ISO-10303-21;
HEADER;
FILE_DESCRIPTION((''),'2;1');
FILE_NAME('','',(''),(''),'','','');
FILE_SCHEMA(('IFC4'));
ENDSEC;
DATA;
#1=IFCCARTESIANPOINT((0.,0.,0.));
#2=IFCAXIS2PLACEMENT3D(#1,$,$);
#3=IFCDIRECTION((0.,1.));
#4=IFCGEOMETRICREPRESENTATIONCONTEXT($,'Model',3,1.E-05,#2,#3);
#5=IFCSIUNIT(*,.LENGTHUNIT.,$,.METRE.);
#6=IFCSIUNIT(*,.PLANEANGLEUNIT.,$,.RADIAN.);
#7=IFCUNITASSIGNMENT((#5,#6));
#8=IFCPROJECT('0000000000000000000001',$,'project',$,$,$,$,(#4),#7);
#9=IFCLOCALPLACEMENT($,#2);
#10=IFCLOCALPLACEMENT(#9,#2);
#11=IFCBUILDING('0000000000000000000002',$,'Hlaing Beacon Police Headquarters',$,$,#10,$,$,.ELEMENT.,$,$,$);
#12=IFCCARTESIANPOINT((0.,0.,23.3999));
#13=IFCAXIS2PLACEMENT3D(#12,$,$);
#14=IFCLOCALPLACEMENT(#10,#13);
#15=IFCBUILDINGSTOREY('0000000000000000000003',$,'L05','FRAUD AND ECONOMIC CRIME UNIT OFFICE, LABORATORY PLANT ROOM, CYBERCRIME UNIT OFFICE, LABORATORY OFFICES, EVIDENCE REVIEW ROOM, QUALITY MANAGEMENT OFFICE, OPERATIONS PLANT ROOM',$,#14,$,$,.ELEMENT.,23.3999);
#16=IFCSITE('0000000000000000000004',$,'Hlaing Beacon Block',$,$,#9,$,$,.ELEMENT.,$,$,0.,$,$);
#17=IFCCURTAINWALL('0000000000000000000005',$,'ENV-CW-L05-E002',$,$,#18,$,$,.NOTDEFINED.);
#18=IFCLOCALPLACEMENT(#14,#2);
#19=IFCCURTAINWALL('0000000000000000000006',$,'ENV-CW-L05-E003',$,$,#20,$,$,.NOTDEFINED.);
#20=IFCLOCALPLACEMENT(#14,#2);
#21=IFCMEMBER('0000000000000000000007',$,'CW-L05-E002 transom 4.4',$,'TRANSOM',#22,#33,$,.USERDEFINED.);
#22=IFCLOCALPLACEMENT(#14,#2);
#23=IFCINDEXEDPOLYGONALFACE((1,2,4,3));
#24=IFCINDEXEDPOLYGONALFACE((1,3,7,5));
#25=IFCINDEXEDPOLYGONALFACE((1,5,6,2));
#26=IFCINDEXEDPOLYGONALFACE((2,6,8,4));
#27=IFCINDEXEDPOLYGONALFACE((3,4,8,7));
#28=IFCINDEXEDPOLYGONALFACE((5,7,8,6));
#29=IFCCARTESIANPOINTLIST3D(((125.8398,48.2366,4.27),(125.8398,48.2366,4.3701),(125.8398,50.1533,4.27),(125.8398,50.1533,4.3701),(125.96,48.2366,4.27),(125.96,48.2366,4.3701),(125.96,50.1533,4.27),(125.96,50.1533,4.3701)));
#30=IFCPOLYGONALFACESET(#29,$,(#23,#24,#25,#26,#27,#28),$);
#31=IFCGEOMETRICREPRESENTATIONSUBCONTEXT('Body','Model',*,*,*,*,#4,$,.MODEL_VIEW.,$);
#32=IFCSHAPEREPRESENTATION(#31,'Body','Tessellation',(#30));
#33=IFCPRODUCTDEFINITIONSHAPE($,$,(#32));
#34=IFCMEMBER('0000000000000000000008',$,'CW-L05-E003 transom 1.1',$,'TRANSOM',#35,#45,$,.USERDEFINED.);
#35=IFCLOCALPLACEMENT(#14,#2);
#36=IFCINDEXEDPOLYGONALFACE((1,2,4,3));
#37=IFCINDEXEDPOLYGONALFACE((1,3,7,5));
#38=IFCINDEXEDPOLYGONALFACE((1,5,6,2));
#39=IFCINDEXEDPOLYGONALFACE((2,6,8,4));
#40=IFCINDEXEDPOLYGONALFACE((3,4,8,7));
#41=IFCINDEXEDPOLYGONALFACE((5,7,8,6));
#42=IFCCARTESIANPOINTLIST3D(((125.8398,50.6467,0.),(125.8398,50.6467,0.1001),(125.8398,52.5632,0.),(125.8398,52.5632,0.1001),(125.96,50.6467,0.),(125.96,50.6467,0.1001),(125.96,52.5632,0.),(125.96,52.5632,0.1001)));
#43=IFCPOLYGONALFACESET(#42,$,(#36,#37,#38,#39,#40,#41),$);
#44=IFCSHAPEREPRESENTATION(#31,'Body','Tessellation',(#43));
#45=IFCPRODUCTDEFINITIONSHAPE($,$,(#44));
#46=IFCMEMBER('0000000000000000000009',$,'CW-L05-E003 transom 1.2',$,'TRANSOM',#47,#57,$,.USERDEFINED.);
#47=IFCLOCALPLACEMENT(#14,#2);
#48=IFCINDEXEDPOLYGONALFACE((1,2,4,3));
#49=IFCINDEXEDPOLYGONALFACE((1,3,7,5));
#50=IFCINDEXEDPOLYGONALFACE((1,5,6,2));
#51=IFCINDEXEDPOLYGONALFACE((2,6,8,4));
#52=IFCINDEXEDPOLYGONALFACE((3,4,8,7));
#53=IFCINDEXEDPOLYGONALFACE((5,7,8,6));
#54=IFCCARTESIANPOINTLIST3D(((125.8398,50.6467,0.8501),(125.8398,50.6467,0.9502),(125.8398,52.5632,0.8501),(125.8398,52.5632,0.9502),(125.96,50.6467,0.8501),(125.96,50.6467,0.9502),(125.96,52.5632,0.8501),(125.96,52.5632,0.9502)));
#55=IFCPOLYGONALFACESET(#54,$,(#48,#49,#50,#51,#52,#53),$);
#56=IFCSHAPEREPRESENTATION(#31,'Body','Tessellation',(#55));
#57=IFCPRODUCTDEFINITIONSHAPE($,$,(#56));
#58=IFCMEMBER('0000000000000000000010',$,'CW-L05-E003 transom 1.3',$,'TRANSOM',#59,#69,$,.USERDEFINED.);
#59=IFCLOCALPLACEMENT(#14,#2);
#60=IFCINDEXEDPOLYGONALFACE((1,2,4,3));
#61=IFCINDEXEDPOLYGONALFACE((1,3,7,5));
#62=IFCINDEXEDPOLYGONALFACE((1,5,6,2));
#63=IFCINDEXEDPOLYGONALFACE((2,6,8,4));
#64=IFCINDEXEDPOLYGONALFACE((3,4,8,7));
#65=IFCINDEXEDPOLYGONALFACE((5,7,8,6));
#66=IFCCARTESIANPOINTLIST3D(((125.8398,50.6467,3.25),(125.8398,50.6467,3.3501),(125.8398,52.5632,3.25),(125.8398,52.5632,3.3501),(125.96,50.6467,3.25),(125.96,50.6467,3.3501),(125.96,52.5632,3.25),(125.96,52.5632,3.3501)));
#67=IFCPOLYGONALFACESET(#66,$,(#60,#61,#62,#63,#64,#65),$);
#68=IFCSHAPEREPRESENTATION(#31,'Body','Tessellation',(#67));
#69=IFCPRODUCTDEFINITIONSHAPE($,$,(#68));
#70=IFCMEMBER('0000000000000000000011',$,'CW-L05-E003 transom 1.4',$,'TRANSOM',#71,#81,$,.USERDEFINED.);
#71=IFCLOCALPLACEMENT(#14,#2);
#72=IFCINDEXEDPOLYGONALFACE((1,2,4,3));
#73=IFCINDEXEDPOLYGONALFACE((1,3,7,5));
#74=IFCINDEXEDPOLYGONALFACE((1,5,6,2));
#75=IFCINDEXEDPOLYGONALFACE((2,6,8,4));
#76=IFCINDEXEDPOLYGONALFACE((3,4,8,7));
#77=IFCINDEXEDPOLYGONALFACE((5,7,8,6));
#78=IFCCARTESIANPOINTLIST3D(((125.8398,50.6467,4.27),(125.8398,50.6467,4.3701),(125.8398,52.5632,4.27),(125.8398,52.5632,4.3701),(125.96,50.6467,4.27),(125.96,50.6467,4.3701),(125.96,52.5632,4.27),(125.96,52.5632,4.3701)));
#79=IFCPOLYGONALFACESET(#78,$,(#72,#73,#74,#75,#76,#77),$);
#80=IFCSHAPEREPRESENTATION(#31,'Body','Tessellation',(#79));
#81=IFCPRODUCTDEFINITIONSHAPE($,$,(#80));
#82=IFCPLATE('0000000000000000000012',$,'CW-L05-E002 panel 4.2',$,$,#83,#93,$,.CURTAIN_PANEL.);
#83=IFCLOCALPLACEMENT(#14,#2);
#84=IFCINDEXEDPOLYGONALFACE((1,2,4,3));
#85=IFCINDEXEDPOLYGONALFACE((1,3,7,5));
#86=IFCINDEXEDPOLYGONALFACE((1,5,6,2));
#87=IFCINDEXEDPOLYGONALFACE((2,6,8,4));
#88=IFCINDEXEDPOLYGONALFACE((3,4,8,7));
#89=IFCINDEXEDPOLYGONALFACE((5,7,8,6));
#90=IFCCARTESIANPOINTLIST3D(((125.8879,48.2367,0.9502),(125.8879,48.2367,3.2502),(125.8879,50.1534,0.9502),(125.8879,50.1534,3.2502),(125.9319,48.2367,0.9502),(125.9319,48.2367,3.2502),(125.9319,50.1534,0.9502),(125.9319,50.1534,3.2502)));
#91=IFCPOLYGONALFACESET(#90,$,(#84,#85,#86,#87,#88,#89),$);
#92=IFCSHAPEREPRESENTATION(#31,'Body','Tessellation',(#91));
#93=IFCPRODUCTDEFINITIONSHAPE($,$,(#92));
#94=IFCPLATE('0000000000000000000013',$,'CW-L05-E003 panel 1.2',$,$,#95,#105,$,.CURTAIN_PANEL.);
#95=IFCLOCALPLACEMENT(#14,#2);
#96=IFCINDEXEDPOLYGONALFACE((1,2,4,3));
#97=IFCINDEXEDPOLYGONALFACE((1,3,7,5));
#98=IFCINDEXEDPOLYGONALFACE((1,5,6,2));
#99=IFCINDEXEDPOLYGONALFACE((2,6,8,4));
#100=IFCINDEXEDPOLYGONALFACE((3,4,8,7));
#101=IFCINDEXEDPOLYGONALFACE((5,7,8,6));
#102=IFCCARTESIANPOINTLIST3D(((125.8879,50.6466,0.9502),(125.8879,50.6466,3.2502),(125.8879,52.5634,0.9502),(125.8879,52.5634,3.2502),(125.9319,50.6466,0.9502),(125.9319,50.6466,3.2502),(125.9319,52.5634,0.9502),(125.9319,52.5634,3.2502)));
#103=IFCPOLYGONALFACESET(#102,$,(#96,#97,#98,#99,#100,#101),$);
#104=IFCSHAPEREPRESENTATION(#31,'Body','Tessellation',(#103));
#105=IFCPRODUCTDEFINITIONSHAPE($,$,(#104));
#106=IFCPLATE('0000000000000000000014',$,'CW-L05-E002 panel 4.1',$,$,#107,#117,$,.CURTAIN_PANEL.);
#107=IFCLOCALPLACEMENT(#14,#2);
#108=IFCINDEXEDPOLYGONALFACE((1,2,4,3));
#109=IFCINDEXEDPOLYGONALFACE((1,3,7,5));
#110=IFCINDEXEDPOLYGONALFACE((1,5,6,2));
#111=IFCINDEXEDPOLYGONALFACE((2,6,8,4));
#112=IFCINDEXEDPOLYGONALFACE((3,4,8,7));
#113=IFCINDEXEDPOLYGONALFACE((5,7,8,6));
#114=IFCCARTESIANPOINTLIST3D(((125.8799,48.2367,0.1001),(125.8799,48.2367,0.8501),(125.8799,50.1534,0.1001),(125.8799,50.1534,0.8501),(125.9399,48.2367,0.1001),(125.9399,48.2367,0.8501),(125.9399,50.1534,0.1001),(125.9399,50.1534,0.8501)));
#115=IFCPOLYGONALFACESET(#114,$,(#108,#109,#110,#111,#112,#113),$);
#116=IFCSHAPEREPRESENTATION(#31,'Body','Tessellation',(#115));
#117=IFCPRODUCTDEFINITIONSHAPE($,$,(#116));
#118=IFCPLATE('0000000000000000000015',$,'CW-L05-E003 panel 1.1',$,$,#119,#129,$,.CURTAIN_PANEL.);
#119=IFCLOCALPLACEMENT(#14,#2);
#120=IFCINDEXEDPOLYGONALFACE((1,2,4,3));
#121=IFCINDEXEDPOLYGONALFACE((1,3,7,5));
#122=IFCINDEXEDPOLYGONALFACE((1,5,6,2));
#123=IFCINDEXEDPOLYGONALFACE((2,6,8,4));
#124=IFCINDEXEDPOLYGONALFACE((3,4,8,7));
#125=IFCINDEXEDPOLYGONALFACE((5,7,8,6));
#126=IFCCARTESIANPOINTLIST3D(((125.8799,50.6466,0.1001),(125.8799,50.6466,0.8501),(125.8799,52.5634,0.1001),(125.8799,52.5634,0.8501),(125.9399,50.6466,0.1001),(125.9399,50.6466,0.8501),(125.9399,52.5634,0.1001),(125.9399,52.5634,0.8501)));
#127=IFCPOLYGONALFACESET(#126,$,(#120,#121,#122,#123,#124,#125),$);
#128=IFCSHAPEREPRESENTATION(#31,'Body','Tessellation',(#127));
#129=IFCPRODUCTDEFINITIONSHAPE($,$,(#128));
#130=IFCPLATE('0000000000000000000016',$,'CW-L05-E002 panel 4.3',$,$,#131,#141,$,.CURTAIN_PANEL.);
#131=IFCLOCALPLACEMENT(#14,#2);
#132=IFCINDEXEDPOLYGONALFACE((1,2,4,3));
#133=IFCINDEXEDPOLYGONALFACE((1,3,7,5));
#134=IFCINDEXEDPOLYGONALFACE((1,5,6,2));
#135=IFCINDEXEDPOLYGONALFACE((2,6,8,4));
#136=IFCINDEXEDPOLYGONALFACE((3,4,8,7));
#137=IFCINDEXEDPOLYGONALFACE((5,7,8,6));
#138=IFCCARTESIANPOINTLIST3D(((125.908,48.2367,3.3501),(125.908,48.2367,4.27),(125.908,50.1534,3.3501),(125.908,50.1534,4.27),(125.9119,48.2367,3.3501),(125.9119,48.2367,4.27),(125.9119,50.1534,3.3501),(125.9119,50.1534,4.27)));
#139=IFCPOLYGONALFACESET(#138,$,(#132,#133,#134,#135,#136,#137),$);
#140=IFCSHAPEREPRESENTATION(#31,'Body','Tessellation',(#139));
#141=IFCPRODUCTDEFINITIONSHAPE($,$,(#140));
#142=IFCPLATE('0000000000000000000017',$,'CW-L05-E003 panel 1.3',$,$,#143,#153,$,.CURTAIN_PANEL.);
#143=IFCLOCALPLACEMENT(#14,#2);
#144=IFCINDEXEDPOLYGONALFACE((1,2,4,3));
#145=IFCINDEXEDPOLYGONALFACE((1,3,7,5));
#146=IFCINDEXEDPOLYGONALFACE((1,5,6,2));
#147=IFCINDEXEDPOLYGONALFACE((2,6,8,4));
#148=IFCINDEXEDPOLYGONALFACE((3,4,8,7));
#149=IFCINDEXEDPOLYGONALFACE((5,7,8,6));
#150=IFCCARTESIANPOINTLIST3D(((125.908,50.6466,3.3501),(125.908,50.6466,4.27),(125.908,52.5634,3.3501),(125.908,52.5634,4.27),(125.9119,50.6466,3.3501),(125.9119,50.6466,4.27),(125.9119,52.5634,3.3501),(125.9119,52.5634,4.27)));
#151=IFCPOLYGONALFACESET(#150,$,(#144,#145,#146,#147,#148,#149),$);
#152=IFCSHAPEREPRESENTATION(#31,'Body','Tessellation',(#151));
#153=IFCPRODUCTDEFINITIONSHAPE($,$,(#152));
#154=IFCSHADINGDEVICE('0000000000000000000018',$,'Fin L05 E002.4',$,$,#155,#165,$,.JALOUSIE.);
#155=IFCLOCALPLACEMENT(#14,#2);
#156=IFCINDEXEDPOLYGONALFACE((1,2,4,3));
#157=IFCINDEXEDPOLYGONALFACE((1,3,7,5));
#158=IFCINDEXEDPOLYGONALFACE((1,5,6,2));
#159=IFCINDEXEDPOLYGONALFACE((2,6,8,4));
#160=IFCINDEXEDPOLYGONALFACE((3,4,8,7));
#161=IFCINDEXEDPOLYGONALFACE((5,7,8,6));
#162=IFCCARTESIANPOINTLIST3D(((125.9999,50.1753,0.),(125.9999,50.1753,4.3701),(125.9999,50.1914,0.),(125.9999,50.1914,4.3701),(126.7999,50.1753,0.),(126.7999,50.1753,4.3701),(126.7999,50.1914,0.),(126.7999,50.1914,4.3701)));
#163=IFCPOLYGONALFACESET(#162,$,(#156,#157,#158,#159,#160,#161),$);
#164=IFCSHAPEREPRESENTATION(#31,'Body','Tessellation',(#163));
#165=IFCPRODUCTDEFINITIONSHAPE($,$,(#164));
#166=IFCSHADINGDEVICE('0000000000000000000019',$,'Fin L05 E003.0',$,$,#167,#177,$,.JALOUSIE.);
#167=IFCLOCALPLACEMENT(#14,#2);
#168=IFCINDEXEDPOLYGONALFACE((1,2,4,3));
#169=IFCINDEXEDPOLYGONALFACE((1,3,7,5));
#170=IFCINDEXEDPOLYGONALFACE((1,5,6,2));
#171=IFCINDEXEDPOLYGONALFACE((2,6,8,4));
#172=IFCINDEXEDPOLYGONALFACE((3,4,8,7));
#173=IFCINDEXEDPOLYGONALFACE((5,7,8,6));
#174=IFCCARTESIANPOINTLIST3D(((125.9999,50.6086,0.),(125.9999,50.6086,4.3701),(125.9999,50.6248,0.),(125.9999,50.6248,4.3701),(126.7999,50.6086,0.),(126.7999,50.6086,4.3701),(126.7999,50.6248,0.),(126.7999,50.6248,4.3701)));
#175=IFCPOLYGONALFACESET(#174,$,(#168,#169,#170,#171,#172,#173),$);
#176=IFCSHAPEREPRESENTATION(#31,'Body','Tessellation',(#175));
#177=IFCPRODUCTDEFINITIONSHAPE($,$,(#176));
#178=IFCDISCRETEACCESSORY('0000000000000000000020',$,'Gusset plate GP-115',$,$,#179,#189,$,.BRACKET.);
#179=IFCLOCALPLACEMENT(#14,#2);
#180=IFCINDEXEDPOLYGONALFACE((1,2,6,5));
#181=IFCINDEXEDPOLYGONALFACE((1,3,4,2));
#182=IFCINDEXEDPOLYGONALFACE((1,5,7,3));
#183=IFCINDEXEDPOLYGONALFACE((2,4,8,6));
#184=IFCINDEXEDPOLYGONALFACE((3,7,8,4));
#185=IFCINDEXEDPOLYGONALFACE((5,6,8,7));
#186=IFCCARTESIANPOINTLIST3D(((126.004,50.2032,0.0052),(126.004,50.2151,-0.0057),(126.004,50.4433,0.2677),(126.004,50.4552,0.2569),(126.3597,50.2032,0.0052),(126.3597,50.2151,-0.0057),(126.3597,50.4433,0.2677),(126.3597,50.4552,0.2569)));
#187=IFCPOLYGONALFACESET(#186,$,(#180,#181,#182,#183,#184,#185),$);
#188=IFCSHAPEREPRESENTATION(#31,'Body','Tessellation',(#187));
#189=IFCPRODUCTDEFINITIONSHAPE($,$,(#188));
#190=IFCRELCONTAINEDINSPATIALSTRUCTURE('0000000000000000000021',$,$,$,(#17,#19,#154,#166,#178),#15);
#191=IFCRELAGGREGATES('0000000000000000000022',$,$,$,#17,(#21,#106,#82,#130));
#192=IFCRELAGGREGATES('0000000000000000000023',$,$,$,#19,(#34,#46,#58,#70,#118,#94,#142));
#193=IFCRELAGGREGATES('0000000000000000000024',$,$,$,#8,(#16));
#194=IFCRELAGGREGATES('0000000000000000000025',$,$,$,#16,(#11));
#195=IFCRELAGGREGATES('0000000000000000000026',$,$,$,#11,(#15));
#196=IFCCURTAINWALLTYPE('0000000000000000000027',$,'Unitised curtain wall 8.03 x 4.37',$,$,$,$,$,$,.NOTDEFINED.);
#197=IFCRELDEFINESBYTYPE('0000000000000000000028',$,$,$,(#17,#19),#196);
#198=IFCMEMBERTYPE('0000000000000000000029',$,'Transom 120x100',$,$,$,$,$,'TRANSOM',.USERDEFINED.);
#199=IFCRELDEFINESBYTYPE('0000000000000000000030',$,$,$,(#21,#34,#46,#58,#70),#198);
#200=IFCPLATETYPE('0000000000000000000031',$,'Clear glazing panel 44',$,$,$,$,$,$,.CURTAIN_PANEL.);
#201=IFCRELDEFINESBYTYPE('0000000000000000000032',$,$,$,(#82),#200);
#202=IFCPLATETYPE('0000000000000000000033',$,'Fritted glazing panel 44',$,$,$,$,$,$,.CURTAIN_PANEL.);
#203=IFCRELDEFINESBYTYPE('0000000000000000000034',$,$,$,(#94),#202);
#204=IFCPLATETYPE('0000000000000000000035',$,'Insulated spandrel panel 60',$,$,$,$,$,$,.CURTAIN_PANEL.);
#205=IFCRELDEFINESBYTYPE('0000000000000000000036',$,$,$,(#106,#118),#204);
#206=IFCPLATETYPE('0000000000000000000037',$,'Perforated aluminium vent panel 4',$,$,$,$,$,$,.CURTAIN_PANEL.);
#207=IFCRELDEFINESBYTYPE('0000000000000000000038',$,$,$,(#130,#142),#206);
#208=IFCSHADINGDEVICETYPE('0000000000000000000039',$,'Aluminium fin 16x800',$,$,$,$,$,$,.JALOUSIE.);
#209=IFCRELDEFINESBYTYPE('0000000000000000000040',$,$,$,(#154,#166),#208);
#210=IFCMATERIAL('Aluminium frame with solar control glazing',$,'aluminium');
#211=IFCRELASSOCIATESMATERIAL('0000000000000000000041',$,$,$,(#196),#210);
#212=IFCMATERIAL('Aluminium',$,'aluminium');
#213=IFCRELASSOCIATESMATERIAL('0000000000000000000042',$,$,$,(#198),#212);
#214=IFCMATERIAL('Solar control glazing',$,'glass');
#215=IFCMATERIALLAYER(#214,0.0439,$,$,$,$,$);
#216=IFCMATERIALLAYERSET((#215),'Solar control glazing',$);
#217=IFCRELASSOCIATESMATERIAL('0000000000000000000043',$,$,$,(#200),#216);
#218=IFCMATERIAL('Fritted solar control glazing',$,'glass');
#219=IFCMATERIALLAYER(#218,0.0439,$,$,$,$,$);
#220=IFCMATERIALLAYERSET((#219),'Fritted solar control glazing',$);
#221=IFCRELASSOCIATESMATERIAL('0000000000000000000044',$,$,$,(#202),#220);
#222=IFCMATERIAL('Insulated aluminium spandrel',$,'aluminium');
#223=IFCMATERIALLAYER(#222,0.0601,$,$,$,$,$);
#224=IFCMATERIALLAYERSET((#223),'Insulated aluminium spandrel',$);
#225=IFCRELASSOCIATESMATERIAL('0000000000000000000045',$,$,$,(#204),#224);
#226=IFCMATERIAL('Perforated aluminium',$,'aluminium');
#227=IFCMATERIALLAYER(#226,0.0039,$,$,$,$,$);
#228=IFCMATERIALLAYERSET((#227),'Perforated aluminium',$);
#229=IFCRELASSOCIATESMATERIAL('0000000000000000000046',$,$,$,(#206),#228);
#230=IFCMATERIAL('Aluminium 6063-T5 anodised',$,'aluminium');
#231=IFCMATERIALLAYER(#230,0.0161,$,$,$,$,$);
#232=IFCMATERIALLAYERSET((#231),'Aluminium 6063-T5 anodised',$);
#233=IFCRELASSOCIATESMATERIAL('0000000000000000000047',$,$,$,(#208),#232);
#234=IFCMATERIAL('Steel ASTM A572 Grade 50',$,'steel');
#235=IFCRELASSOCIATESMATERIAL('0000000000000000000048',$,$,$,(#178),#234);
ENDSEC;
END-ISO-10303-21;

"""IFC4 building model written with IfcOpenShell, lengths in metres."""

from ifc_helpers import new_model, si_unit, direction, frame, origin, origin_2d, place, context, subcontext, project, spatial, rectangle, extrude, material, layer, layer_set, material_profile, profile_set, type_object, element, aggregate, save


model = new_model("IFC4")

# Units and contexts
model_context = context("Model", 3, precision=1e-05, world=origin(), true_north=direction((0.0, 1.0)))
body_context = subcontext(model_context, "Body", "Model", "MODEL_VIEW")
ifc_project = project(units=[si_unit("LENGTHUNIT", "METRE"), si_unit("PLANEANGLEUNIT", "RADIAN")], contexts=[model_context])

# Site, building, storey
site_placement = place(None, origin())
site = spatial("IfcSite", under=ifc_project, at=site_placement, Name="Hlaing Beacon Block", CompositionType="ELEMENT", RefElevation=0.0)
building_placement = place(site_placement, origin())
building = spatial("IfcBuilding", under=site, at=building_placement, Name="Hlaing Beacon Police Headquarters", CompositionType="ELEMENT")
storey_placement = place(building_placement, frame((0.0, 0.0, 23.3999)))
storey = spatial("IfcBuildingStorey", under=building, at=storey_placement, Name="L05", Description="FRAUD AND ECONOMIC CRIME UNIT OFFICE, LABORATORY PLANT ROOM, CYBERCRIME UNIT OFFICE, LABORATORY OFFICES, EVIDENCE REVIEW ROOM, QUALITY MANAGEMENT OFFICE, OPERATIONS PLANT ROOM", CompositionType="ELEMENT", Elevation=23.3999)

# Curtain wall
ifc_material_1 = material(Name="Aluminium frame with solar control glazing", Category="aluminium")
curtain_wall_type = type_object("IfcCurtainWallType", Name="Unitised curtain wall 8.03 x 4.37", PredefinedType="NOTDEFINED", material=ifc_material_1)
curtain_wall_1_placement = place(storey_placement, origin())
curtain_wall_1 = element("IfcCurtainWall", 1, at=curtain_wall_1_placement, inside=storey, type_object=curtain_wall_type, Name="ENV-CW-L05-E002", PredefinedType="NOTDEFINED")

# Curtain wall
curtain_wall_2_placement = place(storey_placement, origin())
curtain_wall_2 = element("IfcCurtainWall", 2, at=curtain_wall_2_placement, inside=storey, type_object=curtain_wall_type, Name="ENV-CW-L05-E003", PredefinedType="NOTDEFINED")

# Members
ifc_material_2 = material(Name="Aluminium", Category="aluminium")
ifc_material_profile_1 = material_profile(ifc_material_2, rectangle(XDim=0.1201, YDim=0.1001, at=origin_2d()), Name="Transom 120x100")
ifc_profile_set_1 = profile_set([ifc_material_profile_1], Name="Aluminium")
member_type_1 = type_object("IfcMemberType", Name="Transom 120x100", ElementType="TRANSOM", PredefinedType="USERDEFINED", material=ifc_profile_set_1)
member_1_placement = place(storey_placement, frame((125.8999, 48.2366, 4.3201), z_axis=(0.0, 1.0, 0.0), x_axis=(-1.0, 0.0, 0.0)))
member_1 = element("IfcMember", 3, at=member_1_placement, type_object=member_type_1, Name="CW-L05-E002 transom 4.4", ObjectType="TRANSOM", PredefinedType="USERDEFINED", context=body_context, shape_type="SweptSolid", body=[
    extrude(rectangle(XDim=0.1201, YDim=0.1001, at=origin_2d()), origin(), (0.0, 0.0, 1.0), 1.9167),
])
member_2_placement = place(storey_placement, frame((125.8999, 50.6467, 0.05), z_axis=(0.0, 1.0, 0.0), x_axis=(-1.0, 0.0, 0.0)))
member_2 = element("IfcMember", 4, at=member_2_placement, type_object=member_type_1, Name="CW-L05-E003 transom 1.1", ObjectType="TRANSOM", PredefinedType="USERDEFINED", context=body_context, shape_type="SweptSolid", body=[
    extrude(rectangle(XDim=0.1201, YDim=0.1001, at=origin_2d()), origin(), (0.0, 0.0, 1.0), 1.9165),
])
member_3_placement = place(storey_placement, frame((125.8999, 50.6467, 0.9001), z_axis=(0.0, 1.0, 0.0), x_axis=(-1.0, 0.0, 0.0)))
member_3 = element("IfcMember", 5, at=member_3_placement, type_object=member_type_1, Name="CW-L05-E003 transom 1.2", ObjectType="TRANSOM", PredefinedType="USERDEFINED", context=body_context, shape_type="SweptSolid", body=[
    extrude(rectangle(XDim=0.1201, YDim=0.1001, at=origin_2d()), origin(), (0.0, 0.0, 1.0), 1.9165),
])
member_4_placement = place(storey_placement, frame((125.8999, 50.6467, 3.3), z_axis=(0.0, 1.0, 0.0), x_axis=(-1.0, 0.0, 0.0)))
member_4 = element("IfcMember", 6, at=member_4_placement, type_object=member_type_1, Name="CW-L05-E003 transom 1.3", ObjectType="TRANSOM", PredefinedType="USERDEFINED", context=body_context, shape_type="SweptSolid", body=[
    extrude(rectangle(XDim=0.1201, YDim=0.1001, at=origin_2d()), origin(), (0.0, 0.0, 1.0), 1.9165),
])
member_5_placement = place(storey_placement, frame((125.8999, 50.6467, 4.3201), z_axis=(0.0, 1.0, 0.0), x_axis=(-1.0, 0.0, 0.0)))
member_5 = element("IfcMember", 7, at=member_5_placement, type_object=member_type_1, Name="CW-L05-E003 transom 1.4", ObjectType="TRANSOM", PredefinedType="USERDEFINED", context=body_context, shape_type="SweptSolid", body=[
    extrude(rectangle(XDim=0.1201, YDim=0.1001, at=origin_2d()), origin(), (0.0, 0.0, 1.0), 1.9165),
])

# Plates
ifc_material_3 = material(Name="Solar control glazing", Category="glass")
ifc_layer_1 = layer(ifc_material_3, 0.0439)
ifc_layer_set_1 = layer_set([ifc_layer_1], Name="Solar control glazing")
plate_type_1 = type_object("IfcPlateType", Name="Clear glazing panel 44", PredefinedType="CURTAIN_PANEL", material=ifc_layer_set_1)
plate_1_placement = place(storey_placement, frame((125.9099, 49.1951, 0.9502), z_axis=(0.0, 0.0, 1.0), x_axis=(0.0, 1.0, 0.0)))
plate_1 = element("IfcPlate", 8, at=plate_1_placement, type_object=plate_type_1, Name="CW-L05-E002 panel 4.2", PredefinedType="CURTAIN_PANEL", context=body_context, shape_type="SweptSolid", body=[
    extrude(rectangle(XDim=1.9167, YDim=0.0439, at=origin_2d()), origin(), (0.0, 0.0, 1.0), 2.3),
])
ifc_material_4 = material(Name="Fritted solar control glazing", Category="glass")
ifc_layer_2 = layer(ifc_material_4, 0.0439)
ifc_layer_set_2 = layer_set([ifc_layer_2], Name="Fritted solar control glazing")
plate_type_2 = type_object("IfcPlateType", Name="Fritted glazing panel 44", PredefinedType="CURTAIN_PANEL", material=ifc_layer_set_2)
plate_2_placement = place(storey_placement, frame((125.9099, 51.605, 0.9502), z_axis=(0.0, 0.0, 1.0), x_axis=(0.0, 1.0, 0.0)))
plate_2 = element("IfcPlate", 9, at=plate_2_placement, type_object=plate_type_2, Name="CW-L05-E003 panel 1.2", PredefinedType="CURTAIN_PANEL", context=body_context, shape_type="SweptSolid", body=[
    extrude(rectangle(XDim=1.9167, YDim=0.0439, at=origin_2d()), origin(), (0.0, 0.0, 1.0), 2.3),
])
ifc_material_5 = material(Name="Insulated aluminium spandrel", Category="aluminium")
ifc_layer_3 = layer(ifc_material_5, 0.0601)
ifc_layer_set_3 = layer_set([ifc_layer_3], Name="Insulated aluminium spandrel")
plate_type_3 = type_object("IfcPlateType", Name="Insulated spandrel panel 60", PredefinedType="CURTAIN_PANEL", material=ifc_layer_set_3)
plate_3_placement = place(storey_placement, frame((125.9099, 49.1951, 0.1001), z_axis=(0.0, 0.0, 1.0), x_axis=(0.0, 1.0, 0.0)))
plate_3 = element("IfcPlate", 10, at=plate_3_placement, type_object=plate_type_3, Name="CW-L05-E002 panel 4.1", PredefinedType="CURTAIN_PANEL", context=body_context, shape_type="SweptSolid", body=[
    extrude(rectangle(XDim=1.9167, YDim=0.0601, at=origin_2d()), origin(), (0.0, 0.0, 1.0), 0.75),
])
plate_4_placement = place(storey_placement, frame((125.9099, 51.605, 0.1001), z_axis=(0.0, 0.0, 1.0), x_axis=(0.0, 1.0, 0.0)))
plate_4 = element("IfcPlate", 11, at=plate_4_placement, type_object=plate_type_3, Name="CW-L05-E003 panel 1.1", PredefinedType="CURTAIN_PANEL", context=body_context, shape_type="SweptSolid", body=[
    extrude(rectangle(XDim=1.9167, YDim=0.0601, at=origin_2d()), origin(), (0.0, 0.0, 1.0), 0.75),
])
ifc_material_6 = material(Name="Perforated aluminium", Category="aluminium")
ifc_layer_4 = layer(ifc_material_6, 0.0039)
ifc_layer_set_4 = layer_set([ifc_layer_4], Name="Perforated aluminium")
plate_type_4 = type_object("IfcPlateType", Name="Perforated aluminium vent panel 4", PredefinedType="CURTAIN_PANEL", material=ifc_layer_set_4)
plate_5_placement = place(storey_placement, frame((125.9099, 49.1951, 3.3501), z_axis=(0.0, 0.0, 1.0), x_axis=(0.0, 1.0, 0.0)))
plate_5 = element("IfcPlate", 12, at=plate_5_placement, type_object=plate_type_4, Name="CW-L05-E002 panel 4.3", PredefinedType="CURTAIN_PANEL", context=body_context, shape_type="SweptSolid", body=[
    extrude(rectangle(XDim=1.9167, YDim=0.0039, at=origin_2d()), origin(), (0.0, 0.0, 1.0), 0.9199),
])
aggregate(curtain_wall_1, [member_1, plate_3, plate_1, plate_5])
plate_6_placement = place(storey_placement, frame((125.9099, 51.605, 3.3501), z_axis=(0.0, 0.0, 1.0), x_axis=(0.0, 1.0, 0.0)))
plate_6 = element("IfcPlate", 13, at=plate_6_placement, type_object=plate_type_4, Name="CW-L05-E003 panel 1.3", PredefinedType="CURTAIN_PANEL", context=body_context, shape_type="SweptSolid", body=[
    extrude(rectangle(XDim=1.9167, YDim=0.0039, at=origin_2d()), origin(), (0.0, 0.0, 1.0), 0.9199),
])
aggregate(curtain_wall_2, [member_2, member_3, member_4, member_5, plate_4, plate_2, plate_6])

# Shading devices
ifc_material_7 = material(Name="Aluminium 6063-T5 anodised", Category="aluminium")
ifc_layer_5 = layer(ifc_material_7, 0.0161)
ifc_layer_set_5 = layer_set([ifc_layer_5], Name="Aluminium 6063-T5 anodised")
shading_device_type = type_object("IfcShadingDeviceType", Name="Aluminium fin 16x800", PredefinedType="JALOUSIE", material=ifc_layer_set_5)
for number, where, z_axis, x_axis, name in (
    (14, (126.3999, 50.1833, 0.0), (0.0, 0.0, 1.0), (0.0, 1.0, 0.0), "Fin L05 E002.4"),
    (15, (126.3999, 50.6167, 0.0), (0.0, 0.0, 1.0), (0.0, 1.0, 0.0), "Fin L05 E003.0"),
):
    element("IfcShadingDevice", number, at=place(storey_placement, frame(where, z_axis=z_axis, x_axis=x_axis)), inside=storey, type_object=shading_device_type, Name=name, PredefinedType="JALOUSIE", context=body_context, shape_type="SweptSolid", body=[
        extrude(rectangle(XDim=0.0161, YDim=0.8, at=origin_2d()), origin(), (0.0, 0.0, 1.0), 4.3701),
    ])

# Discrete accessory
ifc_material_8 = material(Name="Steel ASTM A572 Grade 50", Category="steel")
for number, where, z_axis, x_axis, name in (
    (16, (126.1819, 50.3232, 0.1365), (0.0, 0.737972, -0.674831), (-1.0, 0.0, 0.0), "Gusset plate GP-115"),
):
    element("IfcDiscreteAccessory", number, at=place(storey_placement, frame(where, z_axis=z_axis, x_axis=x_axis)), inside=storey, material=ifc_material_8, Name=name, PredefinedType="BRACKET", context=body_context, shape_type="SweptSolid", body=[
        extrude(rectangle(XDim=0.3557, YDim=0.3557, at=origin_2d()), origin(), (0.0, 0.0, 1.0), 0.0161),
    ])

save(model, "model.ifc")
